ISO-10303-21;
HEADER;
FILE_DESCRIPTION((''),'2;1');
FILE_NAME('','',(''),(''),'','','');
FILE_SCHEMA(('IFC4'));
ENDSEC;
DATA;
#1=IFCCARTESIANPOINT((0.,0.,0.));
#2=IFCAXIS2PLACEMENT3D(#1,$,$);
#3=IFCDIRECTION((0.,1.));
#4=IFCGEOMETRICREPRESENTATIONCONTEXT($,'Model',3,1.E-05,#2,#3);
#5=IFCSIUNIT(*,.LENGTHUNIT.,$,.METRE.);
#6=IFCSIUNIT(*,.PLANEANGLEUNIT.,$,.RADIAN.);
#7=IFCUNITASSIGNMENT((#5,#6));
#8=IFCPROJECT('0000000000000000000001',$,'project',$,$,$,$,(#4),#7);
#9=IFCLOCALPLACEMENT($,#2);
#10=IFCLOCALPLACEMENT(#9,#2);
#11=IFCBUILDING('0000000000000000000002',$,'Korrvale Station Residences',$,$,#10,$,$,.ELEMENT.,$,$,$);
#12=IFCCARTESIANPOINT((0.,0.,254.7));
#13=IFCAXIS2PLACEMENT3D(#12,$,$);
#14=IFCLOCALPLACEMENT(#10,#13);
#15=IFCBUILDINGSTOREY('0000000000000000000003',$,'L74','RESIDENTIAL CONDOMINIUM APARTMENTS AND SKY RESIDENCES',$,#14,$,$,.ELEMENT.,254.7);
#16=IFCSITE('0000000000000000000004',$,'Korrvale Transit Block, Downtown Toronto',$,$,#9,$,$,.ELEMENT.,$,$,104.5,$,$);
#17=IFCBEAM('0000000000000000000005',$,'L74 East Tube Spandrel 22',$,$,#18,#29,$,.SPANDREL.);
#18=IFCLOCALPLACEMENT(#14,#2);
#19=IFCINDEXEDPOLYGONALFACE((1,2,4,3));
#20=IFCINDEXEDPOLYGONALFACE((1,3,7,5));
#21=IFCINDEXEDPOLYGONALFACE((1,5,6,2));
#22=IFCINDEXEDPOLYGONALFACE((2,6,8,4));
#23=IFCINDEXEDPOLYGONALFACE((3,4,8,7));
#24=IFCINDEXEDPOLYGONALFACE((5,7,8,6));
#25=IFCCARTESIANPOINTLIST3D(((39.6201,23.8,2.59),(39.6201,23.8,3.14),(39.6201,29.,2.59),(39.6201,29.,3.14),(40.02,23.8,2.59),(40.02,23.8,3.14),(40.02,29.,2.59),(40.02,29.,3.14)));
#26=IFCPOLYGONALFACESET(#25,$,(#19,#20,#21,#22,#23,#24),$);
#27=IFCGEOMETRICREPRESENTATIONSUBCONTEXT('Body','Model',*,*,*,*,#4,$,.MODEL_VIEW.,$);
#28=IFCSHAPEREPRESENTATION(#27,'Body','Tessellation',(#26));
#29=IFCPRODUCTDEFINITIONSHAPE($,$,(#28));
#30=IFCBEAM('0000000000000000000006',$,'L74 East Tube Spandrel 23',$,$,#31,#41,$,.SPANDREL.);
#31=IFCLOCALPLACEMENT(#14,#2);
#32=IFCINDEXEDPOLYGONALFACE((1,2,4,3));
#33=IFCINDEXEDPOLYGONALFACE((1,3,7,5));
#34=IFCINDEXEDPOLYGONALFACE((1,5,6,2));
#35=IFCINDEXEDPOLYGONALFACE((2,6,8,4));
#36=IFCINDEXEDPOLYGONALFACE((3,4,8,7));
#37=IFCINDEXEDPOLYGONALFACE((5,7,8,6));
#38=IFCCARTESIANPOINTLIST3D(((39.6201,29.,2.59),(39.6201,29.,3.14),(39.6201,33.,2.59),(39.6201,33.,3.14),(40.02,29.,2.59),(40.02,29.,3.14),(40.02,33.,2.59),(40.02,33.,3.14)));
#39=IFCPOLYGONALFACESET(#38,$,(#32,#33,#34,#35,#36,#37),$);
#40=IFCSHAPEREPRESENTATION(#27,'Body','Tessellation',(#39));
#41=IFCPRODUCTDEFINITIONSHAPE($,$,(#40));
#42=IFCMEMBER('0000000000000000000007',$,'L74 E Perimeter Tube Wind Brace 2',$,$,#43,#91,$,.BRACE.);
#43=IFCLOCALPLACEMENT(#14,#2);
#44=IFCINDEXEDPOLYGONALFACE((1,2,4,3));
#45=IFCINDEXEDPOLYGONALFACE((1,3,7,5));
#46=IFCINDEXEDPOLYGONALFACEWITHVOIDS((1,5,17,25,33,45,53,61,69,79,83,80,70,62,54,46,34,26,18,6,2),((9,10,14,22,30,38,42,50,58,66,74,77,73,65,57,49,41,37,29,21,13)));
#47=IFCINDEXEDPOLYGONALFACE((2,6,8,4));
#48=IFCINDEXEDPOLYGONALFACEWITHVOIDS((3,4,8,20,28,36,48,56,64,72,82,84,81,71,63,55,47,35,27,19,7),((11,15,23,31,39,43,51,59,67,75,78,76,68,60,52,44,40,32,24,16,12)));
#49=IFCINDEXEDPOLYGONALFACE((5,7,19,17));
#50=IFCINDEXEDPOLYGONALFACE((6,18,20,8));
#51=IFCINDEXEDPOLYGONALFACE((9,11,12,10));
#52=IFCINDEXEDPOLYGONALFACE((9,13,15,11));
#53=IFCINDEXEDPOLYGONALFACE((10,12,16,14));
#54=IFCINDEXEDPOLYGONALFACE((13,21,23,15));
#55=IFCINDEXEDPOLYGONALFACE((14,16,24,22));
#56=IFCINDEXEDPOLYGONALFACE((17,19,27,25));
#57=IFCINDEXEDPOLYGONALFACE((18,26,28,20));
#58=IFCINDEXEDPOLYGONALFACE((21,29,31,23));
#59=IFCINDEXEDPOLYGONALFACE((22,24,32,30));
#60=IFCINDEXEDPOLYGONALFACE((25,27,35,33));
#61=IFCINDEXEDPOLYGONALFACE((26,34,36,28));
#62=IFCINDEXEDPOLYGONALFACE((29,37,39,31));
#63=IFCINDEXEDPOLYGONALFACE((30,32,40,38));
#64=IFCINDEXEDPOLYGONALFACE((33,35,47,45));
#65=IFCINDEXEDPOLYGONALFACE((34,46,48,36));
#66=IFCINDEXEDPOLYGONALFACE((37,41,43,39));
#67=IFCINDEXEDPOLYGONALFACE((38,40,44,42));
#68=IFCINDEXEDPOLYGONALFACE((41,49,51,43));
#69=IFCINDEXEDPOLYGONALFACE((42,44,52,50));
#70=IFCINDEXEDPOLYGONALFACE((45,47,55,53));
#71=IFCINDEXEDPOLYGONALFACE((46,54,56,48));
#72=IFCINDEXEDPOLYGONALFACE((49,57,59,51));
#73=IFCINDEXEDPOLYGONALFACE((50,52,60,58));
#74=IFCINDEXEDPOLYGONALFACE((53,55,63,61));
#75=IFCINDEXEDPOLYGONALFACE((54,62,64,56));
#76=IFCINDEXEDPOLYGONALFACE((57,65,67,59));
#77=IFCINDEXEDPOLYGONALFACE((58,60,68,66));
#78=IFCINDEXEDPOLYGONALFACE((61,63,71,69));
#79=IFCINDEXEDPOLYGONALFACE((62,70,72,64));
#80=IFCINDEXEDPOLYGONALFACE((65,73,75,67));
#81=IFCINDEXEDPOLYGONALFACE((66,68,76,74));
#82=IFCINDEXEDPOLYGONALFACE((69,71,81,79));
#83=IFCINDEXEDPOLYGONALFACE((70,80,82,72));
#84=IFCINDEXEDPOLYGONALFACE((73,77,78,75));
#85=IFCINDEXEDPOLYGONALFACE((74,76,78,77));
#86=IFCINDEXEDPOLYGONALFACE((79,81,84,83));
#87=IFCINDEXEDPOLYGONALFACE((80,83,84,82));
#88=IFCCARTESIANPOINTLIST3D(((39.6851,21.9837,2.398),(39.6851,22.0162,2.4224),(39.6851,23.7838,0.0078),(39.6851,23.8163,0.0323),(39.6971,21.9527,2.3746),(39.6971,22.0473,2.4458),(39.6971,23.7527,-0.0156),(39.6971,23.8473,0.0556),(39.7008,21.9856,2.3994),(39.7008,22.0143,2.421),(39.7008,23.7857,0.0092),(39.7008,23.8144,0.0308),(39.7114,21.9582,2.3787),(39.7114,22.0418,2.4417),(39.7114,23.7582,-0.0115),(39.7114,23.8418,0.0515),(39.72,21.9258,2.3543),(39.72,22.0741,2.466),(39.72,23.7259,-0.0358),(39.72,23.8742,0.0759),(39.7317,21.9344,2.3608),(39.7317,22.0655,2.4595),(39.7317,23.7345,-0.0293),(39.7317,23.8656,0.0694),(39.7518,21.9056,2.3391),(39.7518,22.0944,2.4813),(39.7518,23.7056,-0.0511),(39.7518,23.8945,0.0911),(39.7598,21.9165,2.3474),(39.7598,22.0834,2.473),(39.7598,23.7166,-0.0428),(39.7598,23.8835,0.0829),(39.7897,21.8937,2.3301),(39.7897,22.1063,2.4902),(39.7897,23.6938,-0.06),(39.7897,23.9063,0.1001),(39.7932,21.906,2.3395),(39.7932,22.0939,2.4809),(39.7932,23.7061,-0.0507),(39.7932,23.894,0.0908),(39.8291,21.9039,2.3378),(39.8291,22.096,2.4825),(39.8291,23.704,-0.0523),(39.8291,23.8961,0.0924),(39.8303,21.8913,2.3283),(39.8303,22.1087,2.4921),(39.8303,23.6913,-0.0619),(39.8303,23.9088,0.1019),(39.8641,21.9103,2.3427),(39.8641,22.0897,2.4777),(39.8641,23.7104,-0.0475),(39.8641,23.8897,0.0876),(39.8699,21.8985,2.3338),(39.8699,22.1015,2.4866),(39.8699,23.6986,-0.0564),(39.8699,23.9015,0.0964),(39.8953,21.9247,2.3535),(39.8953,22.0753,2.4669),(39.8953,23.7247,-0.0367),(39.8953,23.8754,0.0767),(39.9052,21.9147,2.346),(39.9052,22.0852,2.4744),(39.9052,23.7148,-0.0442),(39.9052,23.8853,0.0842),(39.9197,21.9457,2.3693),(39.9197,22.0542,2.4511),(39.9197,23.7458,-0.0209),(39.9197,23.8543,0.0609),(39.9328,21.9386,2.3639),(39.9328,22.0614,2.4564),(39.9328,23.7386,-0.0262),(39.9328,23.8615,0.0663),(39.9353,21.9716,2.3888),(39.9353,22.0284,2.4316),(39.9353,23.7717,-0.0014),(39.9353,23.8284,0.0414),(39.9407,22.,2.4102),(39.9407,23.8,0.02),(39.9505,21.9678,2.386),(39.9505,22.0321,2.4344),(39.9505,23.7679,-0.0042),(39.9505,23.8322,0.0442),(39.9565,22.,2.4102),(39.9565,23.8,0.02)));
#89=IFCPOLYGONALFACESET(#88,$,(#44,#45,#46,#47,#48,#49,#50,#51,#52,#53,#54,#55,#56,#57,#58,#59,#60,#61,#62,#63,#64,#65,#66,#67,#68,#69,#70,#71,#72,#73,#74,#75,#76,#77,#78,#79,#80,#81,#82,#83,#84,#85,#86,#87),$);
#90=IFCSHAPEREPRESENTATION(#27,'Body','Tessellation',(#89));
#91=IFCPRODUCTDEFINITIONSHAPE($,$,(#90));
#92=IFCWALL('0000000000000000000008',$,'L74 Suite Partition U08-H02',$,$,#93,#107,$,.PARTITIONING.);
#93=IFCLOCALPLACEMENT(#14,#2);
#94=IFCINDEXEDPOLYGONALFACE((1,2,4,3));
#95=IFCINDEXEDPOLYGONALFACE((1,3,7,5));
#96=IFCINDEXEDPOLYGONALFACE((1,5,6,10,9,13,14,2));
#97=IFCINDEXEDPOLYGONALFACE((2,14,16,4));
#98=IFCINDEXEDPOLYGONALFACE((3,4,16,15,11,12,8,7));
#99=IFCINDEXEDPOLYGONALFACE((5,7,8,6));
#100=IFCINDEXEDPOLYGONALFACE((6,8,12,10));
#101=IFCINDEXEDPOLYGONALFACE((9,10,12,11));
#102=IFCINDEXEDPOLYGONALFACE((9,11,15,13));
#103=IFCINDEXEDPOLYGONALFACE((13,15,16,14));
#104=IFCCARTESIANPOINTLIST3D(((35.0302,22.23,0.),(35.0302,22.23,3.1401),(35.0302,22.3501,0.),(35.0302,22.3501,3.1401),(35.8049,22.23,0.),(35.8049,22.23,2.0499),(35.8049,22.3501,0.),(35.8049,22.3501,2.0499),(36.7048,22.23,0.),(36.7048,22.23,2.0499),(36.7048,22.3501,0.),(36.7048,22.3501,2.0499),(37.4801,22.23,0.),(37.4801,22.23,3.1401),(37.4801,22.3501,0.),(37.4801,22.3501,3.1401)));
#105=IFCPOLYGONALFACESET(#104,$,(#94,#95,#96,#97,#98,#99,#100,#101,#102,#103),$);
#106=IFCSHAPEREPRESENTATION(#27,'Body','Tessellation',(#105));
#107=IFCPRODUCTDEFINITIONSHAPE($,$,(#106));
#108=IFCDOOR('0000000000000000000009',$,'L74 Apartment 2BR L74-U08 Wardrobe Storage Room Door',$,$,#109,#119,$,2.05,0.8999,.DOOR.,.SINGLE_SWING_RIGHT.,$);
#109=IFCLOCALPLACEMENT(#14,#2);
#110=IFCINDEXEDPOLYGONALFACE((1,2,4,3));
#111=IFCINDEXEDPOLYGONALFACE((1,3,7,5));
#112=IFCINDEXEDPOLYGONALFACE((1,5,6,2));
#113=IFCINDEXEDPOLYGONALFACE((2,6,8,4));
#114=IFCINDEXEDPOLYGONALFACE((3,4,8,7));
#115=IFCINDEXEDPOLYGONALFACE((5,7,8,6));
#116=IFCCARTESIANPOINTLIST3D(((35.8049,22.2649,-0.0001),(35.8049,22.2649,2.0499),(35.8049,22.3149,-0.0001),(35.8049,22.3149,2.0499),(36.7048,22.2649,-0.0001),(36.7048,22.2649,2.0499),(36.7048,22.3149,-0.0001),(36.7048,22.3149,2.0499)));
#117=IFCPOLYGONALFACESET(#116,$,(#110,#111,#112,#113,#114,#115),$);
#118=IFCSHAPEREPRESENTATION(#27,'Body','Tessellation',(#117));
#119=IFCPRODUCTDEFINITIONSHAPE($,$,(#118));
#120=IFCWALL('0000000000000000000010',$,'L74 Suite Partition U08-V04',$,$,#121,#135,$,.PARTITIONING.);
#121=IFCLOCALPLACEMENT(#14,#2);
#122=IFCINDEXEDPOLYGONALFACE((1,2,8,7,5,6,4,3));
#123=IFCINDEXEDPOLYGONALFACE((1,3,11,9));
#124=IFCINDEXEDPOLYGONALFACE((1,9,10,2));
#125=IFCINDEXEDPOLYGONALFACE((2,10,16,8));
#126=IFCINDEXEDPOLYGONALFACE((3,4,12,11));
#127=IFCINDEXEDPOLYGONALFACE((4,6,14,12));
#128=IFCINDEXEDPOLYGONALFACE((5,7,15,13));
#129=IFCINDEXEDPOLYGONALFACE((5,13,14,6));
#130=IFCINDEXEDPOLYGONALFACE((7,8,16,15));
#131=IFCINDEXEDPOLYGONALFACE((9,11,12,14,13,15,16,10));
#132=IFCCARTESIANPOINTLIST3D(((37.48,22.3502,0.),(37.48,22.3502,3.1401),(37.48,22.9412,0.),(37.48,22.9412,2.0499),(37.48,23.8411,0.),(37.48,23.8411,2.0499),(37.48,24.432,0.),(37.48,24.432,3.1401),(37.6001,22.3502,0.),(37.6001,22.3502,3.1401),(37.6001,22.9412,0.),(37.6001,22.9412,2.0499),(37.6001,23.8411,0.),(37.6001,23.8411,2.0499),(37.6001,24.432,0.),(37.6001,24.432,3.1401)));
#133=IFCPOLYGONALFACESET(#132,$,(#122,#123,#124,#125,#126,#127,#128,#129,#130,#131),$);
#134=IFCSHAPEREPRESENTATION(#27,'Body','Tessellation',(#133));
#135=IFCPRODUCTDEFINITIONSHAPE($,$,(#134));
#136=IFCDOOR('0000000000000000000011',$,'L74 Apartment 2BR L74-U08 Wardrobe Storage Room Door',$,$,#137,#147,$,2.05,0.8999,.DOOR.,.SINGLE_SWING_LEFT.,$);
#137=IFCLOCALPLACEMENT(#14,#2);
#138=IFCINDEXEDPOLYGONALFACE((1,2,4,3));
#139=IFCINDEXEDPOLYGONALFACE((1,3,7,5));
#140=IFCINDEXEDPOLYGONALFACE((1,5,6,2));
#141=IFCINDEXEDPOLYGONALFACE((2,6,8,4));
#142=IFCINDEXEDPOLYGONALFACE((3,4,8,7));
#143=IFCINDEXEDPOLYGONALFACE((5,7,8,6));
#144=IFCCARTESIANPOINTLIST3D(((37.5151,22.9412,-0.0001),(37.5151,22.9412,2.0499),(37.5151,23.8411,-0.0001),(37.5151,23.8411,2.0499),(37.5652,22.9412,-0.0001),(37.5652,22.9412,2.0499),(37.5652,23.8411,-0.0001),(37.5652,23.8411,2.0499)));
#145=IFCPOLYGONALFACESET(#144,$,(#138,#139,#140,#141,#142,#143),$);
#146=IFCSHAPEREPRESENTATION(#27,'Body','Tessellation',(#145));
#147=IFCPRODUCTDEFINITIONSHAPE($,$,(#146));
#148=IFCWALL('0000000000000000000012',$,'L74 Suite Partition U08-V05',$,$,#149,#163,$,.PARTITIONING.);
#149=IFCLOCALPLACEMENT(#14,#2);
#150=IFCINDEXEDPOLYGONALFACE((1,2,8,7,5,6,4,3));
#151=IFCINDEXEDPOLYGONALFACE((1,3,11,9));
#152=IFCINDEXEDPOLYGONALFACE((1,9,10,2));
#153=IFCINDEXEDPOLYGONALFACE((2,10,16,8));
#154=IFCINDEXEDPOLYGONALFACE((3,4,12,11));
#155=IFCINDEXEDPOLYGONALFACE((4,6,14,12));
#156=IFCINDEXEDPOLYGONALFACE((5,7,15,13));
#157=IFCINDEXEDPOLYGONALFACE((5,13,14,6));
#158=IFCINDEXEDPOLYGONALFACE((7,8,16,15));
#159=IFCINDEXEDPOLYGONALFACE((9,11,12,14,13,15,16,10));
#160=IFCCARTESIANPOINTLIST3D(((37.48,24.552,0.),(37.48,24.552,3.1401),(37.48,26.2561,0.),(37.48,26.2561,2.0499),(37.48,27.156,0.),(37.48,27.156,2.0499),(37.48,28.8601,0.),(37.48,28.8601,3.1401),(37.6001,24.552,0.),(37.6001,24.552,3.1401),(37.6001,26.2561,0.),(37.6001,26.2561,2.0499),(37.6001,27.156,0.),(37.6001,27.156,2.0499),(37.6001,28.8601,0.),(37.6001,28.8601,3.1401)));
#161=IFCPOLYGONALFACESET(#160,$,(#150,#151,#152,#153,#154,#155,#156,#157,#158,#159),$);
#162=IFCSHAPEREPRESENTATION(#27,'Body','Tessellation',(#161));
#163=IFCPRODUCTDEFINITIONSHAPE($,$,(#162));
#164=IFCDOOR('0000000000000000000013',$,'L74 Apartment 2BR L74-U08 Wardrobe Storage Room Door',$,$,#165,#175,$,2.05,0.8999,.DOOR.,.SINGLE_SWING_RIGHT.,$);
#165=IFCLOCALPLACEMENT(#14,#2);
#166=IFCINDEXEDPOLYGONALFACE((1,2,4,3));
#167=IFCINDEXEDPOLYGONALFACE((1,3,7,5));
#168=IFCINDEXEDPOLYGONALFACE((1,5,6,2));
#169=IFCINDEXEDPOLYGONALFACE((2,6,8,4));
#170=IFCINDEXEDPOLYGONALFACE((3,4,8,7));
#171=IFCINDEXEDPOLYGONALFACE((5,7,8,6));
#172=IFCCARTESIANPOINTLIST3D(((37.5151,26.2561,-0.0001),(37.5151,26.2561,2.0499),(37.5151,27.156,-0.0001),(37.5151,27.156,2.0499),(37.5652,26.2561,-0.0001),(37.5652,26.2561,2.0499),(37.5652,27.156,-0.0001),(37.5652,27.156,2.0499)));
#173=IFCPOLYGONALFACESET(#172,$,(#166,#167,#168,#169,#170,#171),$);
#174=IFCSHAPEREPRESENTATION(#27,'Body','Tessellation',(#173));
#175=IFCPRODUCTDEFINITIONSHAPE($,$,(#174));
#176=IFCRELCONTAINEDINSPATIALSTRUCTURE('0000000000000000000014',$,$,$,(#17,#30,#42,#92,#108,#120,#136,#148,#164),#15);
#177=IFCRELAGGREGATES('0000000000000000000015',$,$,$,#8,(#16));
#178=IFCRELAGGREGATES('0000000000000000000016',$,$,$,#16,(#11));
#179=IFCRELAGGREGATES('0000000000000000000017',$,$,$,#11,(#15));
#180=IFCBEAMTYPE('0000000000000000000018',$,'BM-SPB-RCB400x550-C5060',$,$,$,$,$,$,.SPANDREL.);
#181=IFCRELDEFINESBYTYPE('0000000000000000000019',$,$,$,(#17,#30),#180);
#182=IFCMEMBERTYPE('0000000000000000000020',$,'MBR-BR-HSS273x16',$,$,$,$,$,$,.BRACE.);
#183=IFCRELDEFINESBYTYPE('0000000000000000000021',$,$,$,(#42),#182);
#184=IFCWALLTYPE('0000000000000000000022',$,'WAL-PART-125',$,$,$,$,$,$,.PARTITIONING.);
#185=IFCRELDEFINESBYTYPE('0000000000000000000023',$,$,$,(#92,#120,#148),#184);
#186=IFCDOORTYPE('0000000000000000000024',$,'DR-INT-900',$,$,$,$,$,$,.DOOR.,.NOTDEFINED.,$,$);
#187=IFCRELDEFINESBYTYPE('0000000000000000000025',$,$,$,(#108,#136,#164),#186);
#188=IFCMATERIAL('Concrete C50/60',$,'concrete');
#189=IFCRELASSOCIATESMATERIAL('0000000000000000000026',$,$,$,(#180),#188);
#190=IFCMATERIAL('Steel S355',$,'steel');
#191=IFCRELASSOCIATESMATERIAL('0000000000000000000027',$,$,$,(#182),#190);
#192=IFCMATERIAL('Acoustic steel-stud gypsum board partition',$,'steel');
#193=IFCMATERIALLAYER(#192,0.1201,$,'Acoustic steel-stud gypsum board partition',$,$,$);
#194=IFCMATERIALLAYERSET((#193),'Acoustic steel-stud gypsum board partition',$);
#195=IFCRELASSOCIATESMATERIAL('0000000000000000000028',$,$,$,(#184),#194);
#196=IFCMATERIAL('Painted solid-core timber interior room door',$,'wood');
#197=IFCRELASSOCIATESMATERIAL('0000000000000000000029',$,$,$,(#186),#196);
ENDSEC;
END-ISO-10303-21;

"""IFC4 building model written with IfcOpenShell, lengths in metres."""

from ifc_helpers import new_model, si_unit, direction, frame, frame_2d, origin, origin_2d, place, context, subcontext, project, spatial, rectangle, hollow_circle, extrude, material, layer, layer_set, material_profile, profile_set, type_object, element, fill, save


model = new_model("IFC4")

# Units and contexts
model_context = context("Model", 3, precision=1e-05, world=origin(), true_north=direction((0.0, 1.0)))
body_context = subcontext(model_context, "Body", "Model", "MODEL_VIEW")
ifc_project = project(units=[si_unit("LENGTHUNIT", "METRE"), si_unit("PLANEANGLEUNIT", "RADIAN")], contexts=[model_context])

# Site, building, storey
site_placement = place(None, origin())
site = spatial("IfcSite", under=ifc_project, at=site_placement, Name="Korrvale Transit Block, Downtown Toronto", CompositionType="ELEMENT", RefElevation=104.5)
building_placement = place(site_placement, origin())
building = spatial("IfcBuilding", under=site, at=building_placement, Name="Korrvale Station Residences", CompositionType="ELEMENT")
storey_placement = place(building_placement, frame((0.0, 0.0, 254.7)))
storey = spatial("IfcBuildingStorey", under=building, at=storey_placement, Name="L74", Description="RESIDENTIAL CONDOMINIUM APARTMENTS AND SKY RESIDENCES", CompositionType="ELEMENT", Elevation=254.7)

# Shared definitions
ifc_material_1 = material(Name="Concrete C50/60", Category="concrete")

# Beams
ifc_material_2 = material(Name="Steel S355", Category="steel")
ifc_material_profile_1 = material_profile(ifc_material_1, rectangle(XDim=0.3999, YDim=0.55, at=origin_2d()), Name="RCB400x550")
ifc_profile_set_1 = profile_set([ifc_material_profile_1], Name="Concrete C50/60")
beam_type_1 = type_object("IfcBeamType", Name="BM-SPB-RCB400x550-C5060", PredefinedType="SPANDREL", material=ifc_profile_set_1)
beam_1_placement = place(storey_placement, frame((39.8201, 23.8, 2.865), z_axis=(0.0, 1.0, 0.0), x_axis=(-1.0, 0.0, 0.0)))
element("IfcBeam", 1, at=beam_1_placement, inside=storey, type_object=beam_type_1, Name="L74 East Tube Spandrel 22", PredefinedType="SPANDREL", context=body_context, shape_type="SweptSolid", body=[
    extrude(rectangle(XDim=0.3999, YDim=0.55, at=origin_2d()), origin(), (0.0, 0.0, 1.0), 5.2),
])
beam_2_placement = place(storey_placement, frame((39.8201, 29.0, 2.865), z_axis=(0.0, 1.0, 0.0), x_axis=(-1.0, 0.0, 0.0)))
element("IfcBeam", 2, at=beam_2_placement, inside=storey, type_object=beam_type_1, Name="L74 East Tube Spandrel 23", PredefinedType="SPANDREL", context=body_context, shape_type="SweptSolid", body=[
    extrude(rectangle(XDim=0.3999, YDim=0.55, at=origin_2d()), origin(), (0.0, 0.0, 1.0), 4.0),
])

# Member
ifc_material_profile_2 = material_profile(ifc_material_2, hollow_circle(Radius=0.1365, WallThickness=0.0159, at=origin_2d()), Name="HSS273x16")
ifc_profile_set_2 = profile_set([ifc_material_profile_2], Name="Steel S355")
member_type = type_object("IfcMemberType", Name="MBR-BR-HSS273x16", PredefinedType="BRACE", material=ifc_profile_set_2)
member_placement = place(storey_placement, frame((39.8201, 23.8, 0.02), z_axis=(0.0, -0.601592, 0.798804), x_axis=(1.0, 0.0, 0.0)))
element("IfcMember", 3, at=member_placement, inside=storey, type_object=member_type, Name="L74 E Perimeter Tube Wind Brace 2", PredefinedType="BRACE", context=body_context, shape_type="SweptSolid", body=[
    extrude(hollow_circle(Radius=0.1365, WallThickness=0.0159, at=origin_2d()), origin(), (0.0, 0.0, 1.0), 2.9922),
])

# Walls, openings, doors
ifc_material_3 = material(Name="Acoustic steel-stud gypsum board partition", Category="steel")
ifc_layer_1 = layer(ifc_material_3, 0.1201, Name="Acoustic steel-stud gypsum board partition")
ifc_layer_set_1 = layer_set([ifc_layer_1], Name="Acoustic steel-stud gypsum board partition")
wall_type_1 = type_object("IfcWallType", Name="WAL-PART-125", PredefinedType="PARTITIONING", material=ifc_layer_set_1)
wall_1_placement = place(storey_placement, frame((35.03, 22.29, 0.0), z_axis=(0.0, 0.0, 1.0), x_axis=(1.0, 0.0, 0.0)))
wall_1 = element("IfcWall", 4, at=wall_1_placement, inside=storey, type_object=wall_type_1, Name="L74 Suite Partition U08-H02", PredefinedType="PARTITIONING", context=body_context, shape_type="SweptSolid", body=[
    extrude(rectangle(XDim=2.45, YDim=0.1201, at=frame_2d((1.2251, 0.0))), origin(), (0.0, 0.0, 1.0), 3.1401),
])
opening_1_placement = place(wall_1_placement, frame((0.7749, 0.0, 0.0)))
opening_1 = element("IfcOpeningElement", 5, at=opening_1_placement, cuts=wall_1, PredefinedType="OPENING", context=body_context, shape_type="SweptSolid", body=[
    extrude(rectangle(XDim=0.8999, YDim=2.05, at=frame_2d((0.45, 1.0249))), frame((0.0, 0.0701, 0.0), z_axis=(0.0, -1.0, 0.0), x_axis=(1.0, 0.0, 0.0)), (0.0, 0.0, 1.0), 0.1401),
])
ifc_material_4 = material(Name="Painted solid-core timber interior room door", Category="wood")
door_type = type_object("IfcDoorType", Name="DR-INT-900", OperationType="NOTDEFINED", PredefinedType="DOOR", material=ifc_material_4)
door_1_placement = place(opening_1_placement, origin())
door_1 = element("IfcDoor", 6, at=door_1_placement, inside=storey, type_object=door_type, Name="L74 Apartment 2BR L74-U08 Wardrobe Storage Room Door", OperationType="SINGLE_SWING_RIGHT", OverallHeight=2.05, OverallWidth=0.8999, PredefinedType="DOOR", context=body_context, shape_type="SweptSolid", body=[
    extrude(rectangle(XDim=0.8999, YDim=2.05, at=frame_2d((0.45, 1.0249))), frame((0.0, 0.0249, 0.0), z_axis=(0.0, -1.0, 0.0), x_axis=(1.0, 0.0, 0.0)), (0.0, 0.0, 1.0), 0.05),
])
fill(opening_1, door_1)
wall_2_placement = place(storey_placement, frame((37.54, 22.3501, 0.0), z_axis=(0.0, 0.0, 1.0), x_axis=(0.0, 1.0, 0.0)))
wall_2 = element("IfcWall", 7, at=wall_2_placement, inside=storey, type_object=wall_type_1, Name="L74 Suite Partition U08-V04", PredefinedType="PARTITIONING", context=body_context, shape_type="SweptSolid", body=[
    extrude(rectangle(XDim=2.0818, YDim=0.1201, at=frame_2d((1.041, 0.0))), origin(), (0.0, 0.0, 1.0), 3.1401),
])
opening_2_placement = place(wall_2_placement, frame((0.5911, 0.0, 0.0)))
opening_2 = element("IfcOpeningElement", 8, at=opening_2_placement, cuts=wall_2, PredefinedType="OPENING", context=body_context, shape_type="SweptSolid", body=[
    extrude(rectangle(XDim=0.8999, YDim=2.05, at=frame_2d((0.45, 1.0249))), frame((0.0, 0.0701, 0.0), z_axis=(0.0, -1.0, 0.0), x_axis=(1.0, 0.0, 0.0)), (0.0, 0.0, 1.0), 0.1401),
])
door_2_placement = place(opening_2_placement, origin())
door_2 = element("IfcDoor", 9, at=door_2_placement, inside=storey, type_object=door_type, Name="L74 Apartment 2BR L74-U08 Wardrobe Storage Room Door", OperationType="SINGLE_SWING_LEFT", OverallHeight=2.05, OverallWidth=0.8999, PredefinedType="DOOR", context=body_context, shape_type="SweptSolid", body=[
    extrude(rectangle(XDim=0.8999, YDim=2.05, at=frame_2d((0.45, 1.0249))), frame((0.0, 0.0249, 0.0), z_axis=(0.0, -1.0, 0.0), x_axis=(1.0, 0.0, 0.0)), (0.0, 0.0, 1.0), 0.05),
])
fill(opening_2, door_2)
wall_3_placement = place(storey_placement, frame((37.54, 24.552, 0.0), z_axis=(0.0, 0.0, 1.0), x_axis=(0.0, 1.0, 0.0)))
wall_3 = element("IfcWall", 10, at=wall_3_placement, inside=storey, type_object=wall_type_1, Name="L74 Suite Partition U08-V05", PredefinedType="PARTITIONING", context=body_context, shape_type="SweptSolid", body=[
    extrude(rectangle(XDim=4.3081, YDim=0.1201, at=frame_2d((2.1541, 0.0))), origin(), (0.0, 0.0, 1.0), 3.1401),
])
opening_3_placement = place(wall_3_placement, frame((1.7041, 0.0, 0.0)))
opening_3 = element("IfcOpeningElement", 11, at=opening_3_placement, cuts=wall_3, PredefinedType="OPENING", context=body_context, shape_type="SweptSolid", body=[
    extrude(rectangle(XDim=0.8999, YDim=2.05, at=frame_2d((0.45, 1.0249))), frame((0.0, 0.0701, 0.0), z_axis=(0.0, -1.0, 0.0), x_axis=(1.0, 0.0, 0.0)), (0.0, 0.0, 1.0), 0.1401),
])
door_3_placement = place(opening_3_placement, origin())
door_3 = element("IfcDoor", 12, at=door_3_placement, inside=storey, type_object=door_type, Name="L74 Apartment 2BR L74-U08 Wardrobe Storage Room Door", OperationType="SINGLE_SWING_RIGHT", OverallHeight=2.05, OverallWidth=0.8999, PredefinedType="DOOR", context=body_context, shape_type="SweptSolid", body=[
    extrude(rectangle(XDim=0.8999, YDim=2.05, at=frame_2d((0.45, 1.0249))), frame((0.0, 0.0249, 0.0), z_axis=(0.0, -1.0, 0.0), x_axis=(1.0, 0.0, 0.0)), (0.0, 0.0, 1.0), 0.05),
])
fill(opening_3, door_3)

save(model, "model.ifc")
